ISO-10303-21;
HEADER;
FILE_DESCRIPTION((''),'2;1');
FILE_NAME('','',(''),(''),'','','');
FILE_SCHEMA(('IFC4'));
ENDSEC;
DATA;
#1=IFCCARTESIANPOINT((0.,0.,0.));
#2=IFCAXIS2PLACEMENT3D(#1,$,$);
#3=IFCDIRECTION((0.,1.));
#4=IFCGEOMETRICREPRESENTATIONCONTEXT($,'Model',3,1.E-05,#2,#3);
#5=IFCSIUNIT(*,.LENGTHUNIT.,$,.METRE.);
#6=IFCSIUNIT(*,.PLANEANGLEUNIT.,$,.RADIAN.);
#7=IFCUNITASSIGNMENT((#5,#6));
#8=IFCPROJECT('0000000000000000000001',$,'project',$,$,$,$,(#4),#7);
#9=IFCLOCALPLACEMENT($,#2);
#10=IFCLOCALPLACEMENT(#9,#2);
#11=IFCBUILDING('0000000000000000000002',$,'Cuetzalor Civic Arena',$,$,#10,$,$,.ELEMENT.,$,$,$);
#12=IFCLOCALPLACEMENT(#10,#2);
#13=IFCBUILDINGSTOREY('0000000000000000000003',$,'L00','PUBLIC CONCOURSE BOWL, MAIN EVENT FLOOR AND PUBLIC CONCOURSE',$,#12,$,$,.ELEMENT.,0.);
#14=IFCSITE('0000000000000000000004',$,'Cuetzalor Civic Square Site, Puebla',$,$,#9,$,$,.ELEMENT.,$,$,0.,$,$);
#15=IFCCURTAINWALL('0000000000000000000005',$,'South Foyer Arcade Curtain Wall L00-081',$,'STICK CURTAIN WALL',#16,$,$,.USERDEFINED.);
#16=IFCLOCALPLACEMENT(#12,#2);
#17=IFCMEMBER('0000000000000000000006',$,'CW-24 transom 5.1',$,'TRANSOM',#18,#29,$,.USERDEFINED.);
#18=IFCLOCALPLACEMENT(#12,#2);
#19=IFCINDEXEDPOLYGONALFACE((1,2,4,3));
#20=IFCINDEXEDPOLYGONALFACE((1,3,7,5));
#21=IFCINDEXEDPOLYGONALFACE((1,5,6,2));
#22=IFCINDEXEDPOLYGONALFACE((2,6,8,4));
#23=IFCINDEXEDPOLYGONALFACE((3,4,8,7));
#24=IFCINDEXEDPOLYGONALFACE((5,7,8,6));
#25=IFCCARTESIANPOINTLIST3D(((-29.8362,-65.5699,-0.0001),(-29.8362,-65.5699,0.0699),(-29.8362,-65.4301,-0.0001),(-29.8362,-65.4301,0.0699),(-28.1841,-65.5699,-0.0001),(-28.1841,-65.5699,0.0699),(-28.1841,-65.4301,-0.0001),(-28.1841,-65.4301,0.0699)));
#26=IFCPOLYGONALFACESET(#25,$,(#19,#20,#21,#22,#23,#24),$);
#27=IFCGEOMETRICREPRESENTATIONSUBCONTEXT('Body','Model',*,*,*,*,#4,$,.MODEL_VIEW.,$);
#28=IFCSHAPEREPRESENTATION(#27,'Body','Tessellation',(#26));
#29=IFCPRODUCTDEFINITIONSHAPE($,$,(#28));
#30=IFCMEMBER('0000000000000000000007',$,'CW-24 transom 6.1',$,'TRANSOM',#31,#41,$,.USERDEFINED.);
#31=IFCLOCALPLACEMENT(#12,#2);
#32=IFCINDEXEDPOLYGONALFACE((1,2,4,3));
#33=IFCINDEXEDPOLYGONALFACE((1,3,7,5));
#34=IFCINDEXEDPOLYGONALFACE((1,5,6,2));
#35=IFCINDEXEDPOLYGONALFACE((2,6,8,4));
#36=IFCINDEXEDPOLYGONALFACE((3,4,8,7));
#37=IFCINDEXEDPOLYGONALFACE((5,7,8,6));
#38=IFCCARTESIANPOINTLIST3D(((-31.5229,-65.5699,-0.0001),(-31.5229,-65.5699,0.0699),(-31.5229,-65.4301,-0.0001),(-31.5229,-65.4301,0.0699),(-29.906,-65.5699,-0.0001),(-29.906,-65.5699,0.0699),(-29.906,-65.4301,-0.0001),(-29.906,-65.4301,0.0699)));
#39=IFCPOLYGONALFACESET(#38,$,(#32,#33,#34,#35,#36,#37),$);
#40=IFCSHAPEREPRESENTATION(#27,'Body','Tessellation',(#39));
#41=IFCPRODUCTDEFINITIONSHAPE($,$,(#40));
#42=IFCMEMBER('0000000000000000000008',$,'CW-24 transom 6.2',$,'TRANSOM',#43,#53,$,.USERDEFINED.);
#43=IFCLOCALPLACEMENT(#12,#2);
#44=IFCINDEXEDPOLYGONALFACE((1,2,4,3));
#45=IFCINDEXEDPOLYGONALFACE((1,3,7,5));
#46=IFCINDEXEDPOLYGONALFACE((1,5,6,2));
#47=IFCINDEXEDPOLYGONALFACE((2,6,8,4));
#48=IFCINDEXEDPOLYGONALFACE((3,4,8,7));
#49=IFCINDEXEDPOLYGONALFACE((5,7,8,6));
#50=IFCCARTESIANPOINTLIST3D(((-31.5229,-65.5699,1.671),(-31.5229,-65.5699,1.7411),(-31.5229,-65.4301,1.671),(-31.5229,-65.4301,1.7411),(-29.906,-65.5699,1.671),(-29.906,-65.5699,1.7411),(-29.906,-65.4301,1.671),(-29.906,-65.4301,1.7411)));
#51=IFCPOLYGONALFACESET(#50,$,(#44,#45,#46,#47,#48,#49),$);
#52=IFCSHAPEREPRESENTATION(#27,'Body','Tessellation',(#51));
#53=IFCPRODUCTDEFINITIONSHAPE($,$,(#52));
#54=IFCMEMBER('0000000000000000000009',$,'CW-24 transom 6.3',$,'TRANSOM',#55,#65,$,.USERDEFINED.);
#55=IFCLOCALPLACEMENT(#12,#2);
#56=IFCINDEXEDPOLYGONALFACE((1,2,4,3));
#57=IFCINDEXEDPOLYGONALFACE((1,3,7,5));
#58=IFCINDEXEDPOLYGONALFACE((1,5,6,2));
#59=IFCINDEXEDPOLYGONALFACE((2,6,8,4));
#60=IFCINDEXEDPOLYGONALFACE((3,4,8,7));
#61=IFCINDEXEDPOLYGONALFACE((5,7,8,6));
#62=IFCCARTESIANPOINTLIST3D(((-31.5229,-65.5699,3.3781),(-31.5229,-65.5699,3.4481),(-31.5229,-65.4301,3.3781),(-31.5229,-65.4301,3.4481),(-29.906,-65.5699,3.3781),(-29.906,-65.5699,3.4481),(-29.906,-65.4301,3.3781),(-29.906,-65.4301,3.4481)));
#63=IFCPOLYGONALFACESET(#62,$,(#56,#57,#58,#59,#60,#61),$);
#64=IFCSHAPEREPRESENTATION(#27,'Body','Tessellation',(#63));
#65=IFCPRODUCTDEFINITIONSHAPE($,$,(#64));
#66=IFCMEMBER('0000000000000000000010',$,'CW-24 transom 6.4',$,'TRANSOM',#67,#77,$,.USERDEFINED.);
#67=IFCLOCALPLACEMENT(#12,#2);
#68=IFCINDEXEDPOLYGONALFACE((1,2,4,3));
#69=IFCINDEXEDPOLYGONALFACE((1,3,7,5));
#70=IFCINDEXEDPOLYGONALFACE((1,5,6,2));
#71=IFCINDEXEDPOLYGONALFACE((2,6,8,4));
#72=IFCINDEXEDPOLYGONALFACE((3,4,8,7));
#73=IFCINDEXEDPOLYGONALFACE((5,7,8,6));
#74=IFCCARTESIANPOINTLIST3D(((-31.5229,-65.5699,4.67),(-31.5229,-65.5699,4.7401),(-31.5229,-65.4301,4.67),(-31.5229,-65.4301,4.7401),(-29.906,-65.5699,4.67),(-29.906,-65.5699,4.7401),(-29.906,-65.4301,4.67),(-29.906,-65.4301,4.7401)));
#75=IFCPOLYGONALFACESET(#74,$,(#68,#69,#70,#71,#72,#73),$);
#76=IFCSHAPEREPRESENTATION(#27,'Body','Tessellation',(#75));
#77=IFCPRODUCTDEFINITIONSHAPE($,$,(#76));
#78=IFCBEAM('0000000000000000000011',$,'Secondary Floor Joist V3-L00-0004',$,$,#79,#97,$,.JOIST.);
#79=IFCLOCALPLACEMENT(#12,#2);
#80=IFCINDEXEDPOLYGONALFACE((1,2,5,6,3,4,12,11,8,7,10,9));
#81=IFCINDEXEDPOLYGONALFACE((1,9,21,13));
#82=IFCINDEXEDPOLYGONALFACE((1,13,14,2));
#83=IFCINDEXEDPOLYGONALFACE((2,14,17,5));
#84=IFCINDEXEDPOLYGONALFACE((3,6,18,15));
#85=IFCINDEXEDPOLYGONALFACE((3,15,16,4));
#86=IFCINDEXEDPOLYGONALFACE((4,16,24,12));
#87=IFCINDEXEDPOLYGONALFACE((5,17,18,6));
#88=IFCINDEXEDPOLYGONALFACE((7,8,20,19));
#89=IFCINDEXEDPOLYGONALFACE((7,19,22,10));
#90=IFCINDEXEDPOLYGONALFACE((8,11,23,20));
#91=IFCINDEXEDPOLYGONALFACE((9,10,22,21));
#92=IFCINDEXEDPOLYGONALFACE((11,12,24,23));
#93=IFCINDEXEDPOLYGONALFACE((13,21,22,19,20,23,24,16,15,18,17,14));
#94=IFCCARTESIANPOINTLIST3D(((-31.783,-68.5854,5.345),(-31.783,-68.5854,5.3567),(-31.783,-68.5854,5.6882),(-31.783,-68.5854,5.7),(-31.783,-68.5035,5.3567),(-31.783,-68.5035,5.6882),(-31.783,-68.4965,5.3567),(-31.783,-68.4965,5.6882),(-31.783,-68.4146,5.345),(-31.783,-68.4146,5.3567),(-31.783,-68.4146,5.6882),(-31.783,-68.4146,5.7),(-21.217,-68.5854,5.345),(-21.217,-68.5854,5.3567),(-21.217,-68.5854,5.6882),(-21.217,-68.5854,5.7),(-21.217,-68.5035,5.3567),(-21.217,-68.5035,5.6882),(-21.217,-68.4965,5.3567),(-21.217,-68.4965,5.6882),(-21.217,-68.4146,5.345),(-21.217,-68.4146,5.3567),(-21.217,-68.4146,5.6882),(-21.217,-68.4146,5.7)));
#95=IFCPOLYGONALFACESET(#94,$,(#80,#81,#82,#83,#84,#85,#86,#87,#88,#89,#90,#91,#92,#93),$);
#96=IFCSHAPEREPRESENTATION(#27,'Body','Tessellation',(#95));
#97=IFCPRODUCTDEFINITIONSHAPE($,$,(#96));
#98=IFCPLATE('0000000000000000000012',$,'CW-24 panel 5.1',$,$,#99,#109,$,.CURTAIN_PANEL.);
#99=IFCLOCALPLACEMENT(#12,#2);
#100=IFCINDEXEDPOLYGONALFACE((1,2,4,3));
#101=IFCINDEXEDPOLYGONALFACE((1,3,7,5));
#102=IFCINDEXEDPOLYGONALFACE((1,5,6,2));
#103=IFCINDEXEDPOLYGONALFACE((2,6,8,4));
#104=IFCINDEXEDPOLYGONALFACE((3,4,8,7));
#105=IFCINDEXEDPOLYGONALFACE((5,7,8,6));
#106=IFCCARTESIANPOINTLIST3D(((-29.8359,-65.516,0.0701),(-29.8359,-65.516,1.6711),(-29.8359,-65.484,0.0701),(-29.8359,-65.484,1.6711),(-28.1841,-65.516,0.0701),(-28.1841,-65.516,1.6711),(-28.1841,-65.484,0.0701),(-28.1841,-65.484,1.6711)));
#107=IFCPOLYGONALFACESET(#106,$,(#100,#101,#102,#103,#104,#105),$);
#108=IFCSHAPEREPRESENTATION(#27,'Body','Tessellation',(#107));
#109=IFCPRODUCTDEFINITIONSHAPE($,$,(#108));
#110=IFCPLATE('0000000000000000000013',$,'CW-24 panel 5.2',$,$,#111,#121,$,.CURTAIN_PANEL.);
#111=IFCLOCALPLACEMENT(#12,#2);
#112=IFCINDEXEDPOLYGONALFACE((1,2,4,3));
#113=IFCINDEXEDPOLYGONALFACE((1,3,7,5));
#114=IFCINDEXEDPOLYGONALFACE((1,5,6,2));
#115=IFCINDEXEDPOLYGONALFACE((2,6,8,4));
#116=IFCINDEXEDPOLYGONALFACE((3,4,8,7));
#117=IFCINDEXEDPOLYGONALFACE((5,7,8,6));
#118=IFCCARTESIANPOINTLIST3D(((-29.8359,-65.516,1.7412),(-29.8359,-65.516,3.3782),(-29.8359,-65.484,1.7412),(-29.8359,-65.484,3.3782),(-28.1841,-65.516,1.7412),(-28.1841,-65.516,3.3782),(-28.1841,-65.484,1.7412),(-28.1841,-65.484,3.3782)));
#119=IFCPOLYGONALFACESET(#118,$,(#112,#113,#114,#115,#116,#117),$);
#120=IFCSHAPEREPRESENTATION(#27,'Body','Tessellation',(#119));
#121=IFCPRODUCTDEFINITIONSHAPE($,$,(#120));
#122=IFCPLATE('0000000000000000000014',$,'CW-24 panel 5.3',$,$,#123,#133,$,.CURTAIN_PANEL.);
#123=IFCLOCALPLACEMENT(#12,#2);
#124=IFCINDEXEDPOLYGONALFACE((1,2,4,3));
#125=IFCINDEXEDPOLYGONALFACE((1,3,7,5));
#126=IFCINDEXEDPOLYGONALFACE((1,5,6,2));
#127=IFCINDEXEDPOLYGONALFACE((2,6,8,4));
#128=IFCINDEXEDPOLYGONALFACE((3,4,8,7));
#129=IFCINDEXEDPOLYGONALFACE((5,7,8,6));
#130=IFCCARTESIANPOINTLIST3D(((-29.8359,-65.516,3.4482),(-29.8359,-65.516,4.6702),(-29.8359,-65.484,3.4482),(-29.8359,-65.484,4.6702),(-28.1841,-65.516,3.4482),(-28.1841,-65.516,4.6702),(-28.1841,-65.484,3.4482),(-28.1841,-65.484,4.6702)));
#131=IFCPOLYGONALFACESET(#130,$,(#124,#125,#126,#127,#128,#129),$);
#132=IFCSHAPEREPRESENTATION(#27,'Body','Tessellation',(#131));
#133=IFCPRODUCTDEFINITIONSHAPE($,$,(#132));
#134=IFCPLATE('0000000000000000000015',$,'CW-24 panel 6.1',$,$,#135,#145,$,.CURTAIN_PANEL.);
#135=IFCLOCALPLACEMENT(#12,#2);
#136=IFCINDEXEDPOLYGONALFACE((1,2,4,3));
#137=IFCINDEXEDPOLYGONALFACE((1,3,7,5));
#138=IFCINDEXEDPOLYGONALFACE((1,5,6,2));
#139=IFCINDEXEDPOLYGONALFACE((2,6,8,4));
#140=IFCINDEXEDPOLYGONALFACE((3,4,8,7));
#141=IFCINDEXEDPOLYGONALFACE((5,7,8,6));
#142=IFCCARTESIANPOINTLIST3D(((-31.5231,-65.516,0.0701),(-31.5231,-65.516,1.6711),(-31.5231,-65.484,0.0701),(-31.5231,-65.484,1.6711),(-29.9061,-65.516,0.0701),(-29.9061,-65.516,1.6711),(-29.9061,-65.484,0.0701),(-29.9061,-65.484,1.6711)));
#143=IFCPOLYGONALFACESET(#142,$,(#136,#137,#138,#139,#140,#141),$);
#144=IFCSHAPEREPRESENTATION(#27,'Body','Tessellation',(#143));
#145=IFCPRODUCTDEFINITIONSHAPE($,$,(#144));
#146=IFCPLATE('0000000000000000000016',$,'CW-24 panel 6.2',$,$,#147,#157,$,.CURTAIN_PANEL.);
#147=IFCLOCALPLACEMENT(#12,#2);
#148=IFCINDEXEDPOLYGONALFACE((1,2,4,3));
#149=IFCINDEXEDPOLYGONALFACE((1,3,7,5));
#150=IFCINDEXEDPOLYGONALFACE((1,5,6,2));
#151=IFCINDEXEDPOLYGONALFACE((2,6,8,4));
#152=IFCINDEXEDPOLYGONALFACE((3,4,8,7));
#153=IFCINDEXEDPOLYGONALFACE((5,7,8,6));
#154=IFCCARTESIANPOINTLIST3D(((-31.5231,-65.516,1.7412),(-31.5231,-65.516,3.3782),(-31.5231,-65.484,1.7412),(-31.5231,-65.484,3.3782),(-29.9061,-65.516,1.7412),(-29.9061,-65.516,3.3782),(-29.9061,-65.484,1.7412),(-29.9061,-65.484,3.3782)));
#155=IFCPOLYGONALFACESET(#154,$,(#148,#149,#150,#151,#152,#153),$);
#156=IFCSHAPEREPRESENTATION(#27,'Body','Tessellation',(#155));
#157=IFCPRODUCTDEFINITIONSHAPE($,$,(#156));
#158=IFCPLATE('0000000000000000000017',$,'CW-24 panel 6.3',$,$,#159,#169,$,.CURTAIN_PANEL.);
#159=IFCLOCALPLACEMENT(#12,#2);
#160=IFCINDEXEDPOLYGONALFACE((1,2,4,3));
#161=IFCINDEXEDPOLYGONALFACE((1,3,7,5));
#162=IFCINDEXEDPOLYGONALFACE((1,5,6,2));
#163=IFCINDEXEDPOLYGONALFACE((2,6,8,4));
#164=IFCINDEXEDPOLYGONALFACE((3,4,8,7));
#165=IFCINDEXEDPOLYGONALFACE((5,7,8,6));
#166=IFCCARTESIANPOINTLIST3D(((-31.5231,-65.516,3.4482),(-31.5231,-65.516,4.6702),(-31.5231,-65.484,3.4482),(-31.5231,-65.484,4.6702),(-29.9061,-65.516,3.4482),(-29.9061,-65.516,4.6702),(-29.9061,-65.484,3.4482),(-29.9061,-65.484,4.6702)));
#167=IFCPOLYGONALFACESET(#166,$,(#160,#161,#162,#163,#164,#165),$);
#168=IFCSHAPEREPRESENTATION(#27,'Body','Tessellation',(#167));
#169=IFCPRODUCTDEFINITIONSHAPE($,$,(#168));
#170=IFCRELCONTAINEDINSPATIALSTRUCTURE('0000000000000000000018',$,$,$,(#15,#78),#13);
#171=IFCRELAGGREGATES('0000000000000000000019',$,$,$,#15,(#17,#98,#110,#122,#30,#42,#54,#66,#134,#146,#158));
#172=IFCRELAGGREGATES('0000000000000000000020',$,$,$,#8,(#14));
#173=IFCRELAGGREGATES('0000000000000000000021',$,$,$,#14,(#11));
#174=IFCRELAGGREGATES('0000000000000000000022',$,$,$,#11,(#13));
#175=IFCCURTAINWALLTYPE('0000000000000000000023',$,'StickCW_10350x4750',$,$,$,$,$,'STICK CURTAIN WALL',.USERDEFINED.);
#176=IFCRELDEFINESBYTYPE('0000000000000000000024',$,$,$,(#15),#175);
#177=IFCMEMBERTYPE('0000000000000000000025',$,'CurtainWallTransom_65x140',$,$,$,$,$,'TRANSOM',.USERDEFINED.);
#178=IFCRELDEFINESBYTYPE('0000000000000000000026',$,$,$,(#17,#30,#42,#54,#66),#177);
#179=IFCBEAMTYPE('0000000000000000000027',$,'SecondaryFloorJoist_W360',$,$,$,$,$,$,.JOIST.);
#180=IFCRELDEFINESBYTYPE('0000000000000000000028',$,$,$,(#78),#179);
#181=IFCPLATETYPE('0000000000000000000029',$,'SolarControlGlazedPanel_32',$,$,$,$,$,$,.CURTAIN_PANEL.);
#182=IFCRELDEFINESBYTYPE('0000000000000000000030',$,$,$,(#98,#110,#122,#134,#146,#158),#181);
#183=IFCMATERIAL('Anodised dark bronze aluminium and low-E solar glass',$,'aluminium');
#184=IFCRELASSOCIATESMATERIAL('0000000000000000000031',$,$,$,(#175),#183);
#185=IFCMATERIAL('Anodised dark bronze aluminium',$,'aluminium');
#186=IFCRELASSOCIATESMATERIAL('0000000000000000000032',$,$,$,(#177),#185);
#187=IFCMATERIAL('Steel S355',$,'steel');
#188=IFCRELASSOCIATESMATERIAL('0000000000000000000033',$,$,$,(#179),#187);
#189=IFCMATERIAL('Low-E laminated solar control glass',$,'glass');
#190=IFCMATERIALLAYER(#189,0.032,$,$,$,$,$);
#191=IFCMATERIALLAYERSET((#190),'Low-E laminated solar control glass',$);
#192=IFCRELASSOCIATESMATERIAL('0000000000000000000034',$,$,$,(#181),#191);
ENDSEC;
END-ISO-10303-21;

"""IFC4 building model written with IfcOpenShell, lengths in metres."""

from ifc_helpers import new_model, si_unit, direction, frame, origin, origin_2d, place, context, subcontext, project, spatial, rectangle, i_section, extrude, material, layer, layer_set, material_profile, profile_set, type_object, element, aggregate, save


model = new_model("IFC4")

# Units and contexts
model_context = context("Model", 3, precision=1e-05, world=origin(), true_north=direction((0.0, 1.0)))
body_context = subcontext(model_context, "Body", "Model", "MODEL_VIEW")
ifc_project = project(units=[si_unit("LENGTHUNIT", "METRE"), si_unit("PLANEANGLEUNIT", "RADIAN")], contexts=[model_context])

# Site, building, storey
site_placement = place(None, origin())
site = spatial("IfcSite", under=ifc_project, at=site_placement, Name="Cuetzalor Civic Square Site, Puebla", CompositionType="ELEMENT", RefElevation=0.0)
building_placement = place(site_placement, origin())
building = spatial("IfcBuilding", under=site, at=building_placement, Name="Cuetzalor Civic Arena", CompositionType="ELEMENT")
storey_placement = place(building_placement, origin())
storey = spatial("IfcBuildingStorey", under=building, at=storey_placement, Name="L00", Description="PUBLIC CONCOURSE BOWL, MAIN EVENT FLOOR AND PUBLIC CONCOURSE", CompositionType="ELEMENT", Elevation=0.0)

# Curtain wall, members
ifc_material_1 = material(Name="Anodised dark bronze aluminium and low-E solar glass", Category="aluminium")
curtain_wall_type = type_object("IfcCurtainWallType", Name="StickCW_10350x4750", ElementType="STICK CURTAIN WALL", PredefinedType="USERDEFINED", material=ifc_material_1)
curtain_wall_placement = place(storey_placement, origin())
curtain_wall = element("IfcCurtainWall", 1, at=curtain_wall_placement, inside=storey, type_object=curtain_wall_type, Name="South Foyer Arcade Curtain Wall L00-081", ObjectType="STICK CURTAIN WALL", PredefinedType="USERDEFINED")
ifc_material_2 = material(Name="Anodised dark bronze aluminium", Category="aluminium")
ifc_material_profile_1 = material_profile(ifc_material_2, rectangle(XDim=0.1399, YDim=0.0701, at=origin_2d()), Name="ALU TRANSOM 70x140")
ifc_profile_set_1 = profile_set([ifc_material_profile_1], Name="Anodised dark bronze aluminium")
member_type_1 = type_object("IfcMemberType", Name="CurtainWallTransom_65x140", ElementType="TRANSOM", PredefinedType="USERDEFINED", material=ifc_profile_set_1)
member_1_placement = place(storey_placement, frame((-28.1841, -65.5, 0.0349), z_axis=(-1.0, 0.0, 0.0), x_axis=(0.0, -1.0, 0.0)))
member_1 = element("IfcMember", 2, at=member_1_placement, type_object=member_type_1, Name="CW-24 transom 5.1", ObjectType="TRANSOM", PredefinedType="USERDEFINED", context=body_context, shape_type="SweptSolid", body=[
    extrude(rectangle(XDim=0.1399, YDim=0.0701, at=origin_2d()), origin(), (0.0, 0.0, 1.0), 1.6521),
])
member_2_placement = place(storey_placement, frame((-29.906, -65.5, 0.0349), z_axis=(-1.0, 0.0, 0.0), x_axis=(0.0, -1.0, 0.0)))
member_2 = element("IfcMember", 3, at=member_2_placement, type_object=member_type_1, Name="CW-24 transom 6.1", ObjectType="TRANSOM", PredefinedType="USERDEFINED", context=body_context, shape_type="SweptSolid", body=[
    extrude(rectangle(XDim=0.1399, YDim=0.0701, at=origin_2d()), origin(), (0.0, 0.0, 1.0), 1.6169),
])
member_3_placement = place(storey_placement, frame((-29.906, -65.5, 1.7061), z_axis=(-1.0, 0.0, 0.0), x_axis=(0.0, -1.0, 0.0)))
member_3 = element("IfcMember", 4, at=member_3_placement, type_object=member_type_1, Name="CW-24 transom 6.2", ObjectType="TRANSOM", PredefinedType="USERDEFINED", context=body_context, shape_type="SweptSolid", body=[
    extrude(rectangle(XDim=0.1399, YDim=0.0701, at=origin_2d()), origin(), (0.0, 0.0, 1.0), 1.6169),
])
member_4_placement = place(storey_placement, frame((-29.906, -65.5, 3.4131), z_axis=(-1.0, 0.0, 0.0), x_axis=(0.0, -1.0, 0.0)))
member_4 = element("IfcMember", 5, at=member_4_placement, type_object=member_type_1, Name="CW-24 transom 6.3", ObjectType="TRANSOM", PredefinedType="USERDEFINED", context=body_context, shape_type="SweptSolid", body=[
    extrude(rectangle(XDim=0.1399, YDim=0.0701, at=origin_2d()), origin(), (0.0, 0.0, 1.0), 1.6169),
])
member_5_placement = place(storey_placement, frame((-29.906, -65.5, 4.7051), z_axis=(-1.0, 0.0, 0.0), x_axis=(0.0, -1.0, 0.0)))
member_5 = element("IfcMember", 6, at=member_5_placement, type_object=member_type_1, Name="CW-24 transom 6.4", ObjectType="TRANSOM", PredefinedType="USERDEFINED", context=body_context, shape_type="SweptSolid", body=[
    extrude(rectangle(XDim=0.1399, YDim=0.0701, at=origin_2d()), origin(), (0.0, 0.0, 1.0), 1.6169),
])

# Beam
ifc_material_3 = material(Name="Steel S355", Category="steel")
ifc_material_profile_2 = material_profile(ifc_material_3, i_section(OverallWidth=0.1709, OverallDepth=0.355, WebThickness=0.0071, FlangeThickness=0.0117, at=origin_2d()), Name="W360x51")
ifc_profile_set_2 = profile_set([ifc_material_profile_2], Name="Steel S355")
beam_type_1 = type_object("IfcBeamType", Name="SecondaryFloorJoist_W360", PredefinedType="JOIST", material=ifc_profile_set_2)
beam_1_placement = place(storey_placement, frame((-31.783, -68.5, 5.5225), z_axis=(1.0, 0.0, 0.0), x_axis=(0.0, 1.0, 0.0)))
element("IfcBeam", 7, at=beam_1_placement, inside=storey, type_object=beam_type_1, Name="Secondary Floor Joist V3-L00-0004", PredefinedType="JOIST", context=body_context, shape_type="SweptSolid", body=[
    extrude(i_section(OverallWidth=0.1709, OverallDepth=0.355, WebThickness=0.0071, FlangeThickness=0.0117, at=origin_2d()), origin(), (0.0, 0.0, 1.0), 10.5659),
])

# Plates
ifc_material_4 = material(Name="Low-E laminated solar control glass", Category="glass")
ifc_layer_1 = layer(ifc_material_4, 0.032)
ifc_layer_set_1 = layer_set([ifc_layer_1], Name="Low-E laminated solar control glass")
plate_type = type_object("IfcPlateType", Name="SolarControlGlazedPanel_32", PredefinedType="CURTAIN_PANEL", material=ifc_layer_set_1)
plate_1_placement = place(storey_placement, frame((-29.01, -65.5, 0.0701), z_axis=(0.0, 0.0, 1.0), x_axis=(-1.0, 0.0, 0.0)))
plate_1 = element("IfcPlate", 8, at=plate_1_placement, type_object=plate_type, Name="CW-24 panel 5.1", PredefinedType="CURTAIN_PANEL", context=body_context, shape_type="SweptSolid", body=[
    extrude(rectangle(XDim=1.6519, YDim=0.032, at=origin_2d()), origin(), (0.0, 0.0, 1.0), 1.6011),
])
plate_2_placement = place(storey_placement, frame((-29.01, -65.5, 1.7412), z_axis=(0.0, 0.0, 1.0), x_axis=(-1.0, 0.0, 0.0)))
plate_2 = element("IfcPlate", 9, at=plate_2_placement, type_object=plate_type, Name="CW-24 panel 5.2", PredefinedType="CURTAIN_PANEL", context=body_context, shape_type="SweptSolid", body=[
    extrude(rectangle(XDim=1.6519, YDim=0.032, at=origin_2d()), origin(), (0.0, 0.0, 1.0), 1.637),
])
plate_3_placement = place(storey_placement, frame((-29.01, -65.5, 3.4482), z_axis=(0.0, 0.0, 1.0), x_axis=(-1.0, 0.0, 0.0)))
plate_3 = element("IfcPlate", 10, at=plate_3_placement, type_object=plate_type, Name="CW-24 panel 5.3", PredefinedType="CURTAIN_PANEL", context=body_context, shape_type="SweptSolid", body=[
    extrude(rectangle(XDim=1.6519, YDim=0.032, at=origin_2d()), origin(), (0.0, 0.0, 1.0), 1.2219),
])
plate_4_placement = place(storey_placement, frame((-30.7146, -65.5, 0.0701), z_axis=(0.0, 0.0, 1.0), x_axis=(-1.0, 0.0, 0.0)))
plate_4 = element("IfcPlate", 11, at=plate_4_placement, type_object=plate_type, Name="CW-24 panel 6.1", PredefinedType="CURTAIN_PANEL", context=body_context, shape_type="SweptSolid", body=[
    extrude(rectangle(XDim=1.6169, YDim=0.032, at=origin_2d()), origin(), (0.0, 0.0, 1.0), 1.6011),
])
plate_5_placement = place(storey_placement, frame((-30.7146, -65.5, 1.7412), z_axis=(0.0, 0.0, 1.0), x_axis=(-1.0, 0.0, 0.0)))
plate_5 = element("IfcPlate", 12, at=plate_5_placement, type_object=plate_type, Name="CW-24 panel 6.2", PredefinedType="CURTAIN_PANEL", context=body_context, shape_type="SweptSolid", body=[
    extrude(rectangle(XDim=1.6169, YDim=0.032, at=origin_2d()), origin(), (0.0, 0.0, 1.0), 1.637),
])
plate_6_placement = place(storey_placement, frame((-30.7146, -65.5, 3.4482), z_axis=(0.0, 0.0, 1.0), x_axis=(-1.0, 0.0, 0.0)))
plate_6 = element("IfcPlate", 13, at=plate_6_placement, type_object=plate_type, Name="CW-24 panel 6.3", PredefinedType="CURTAIN_PANEL", context=body_context, shape_type="SweptSolid", body=[
    extrude(rectangle(XDim=1.6169, YDim=0.032, at=origin_2d()), origin(), (0.0, 0.0, 1.0), 1.2219),
])
aggregate(curtain_wall, [member_1, plate_1, plate_2, plate_3, member_2, member_3, member_4, member_5, plate_4, plate_5, plate_6])

save(model, "model.ifc")
